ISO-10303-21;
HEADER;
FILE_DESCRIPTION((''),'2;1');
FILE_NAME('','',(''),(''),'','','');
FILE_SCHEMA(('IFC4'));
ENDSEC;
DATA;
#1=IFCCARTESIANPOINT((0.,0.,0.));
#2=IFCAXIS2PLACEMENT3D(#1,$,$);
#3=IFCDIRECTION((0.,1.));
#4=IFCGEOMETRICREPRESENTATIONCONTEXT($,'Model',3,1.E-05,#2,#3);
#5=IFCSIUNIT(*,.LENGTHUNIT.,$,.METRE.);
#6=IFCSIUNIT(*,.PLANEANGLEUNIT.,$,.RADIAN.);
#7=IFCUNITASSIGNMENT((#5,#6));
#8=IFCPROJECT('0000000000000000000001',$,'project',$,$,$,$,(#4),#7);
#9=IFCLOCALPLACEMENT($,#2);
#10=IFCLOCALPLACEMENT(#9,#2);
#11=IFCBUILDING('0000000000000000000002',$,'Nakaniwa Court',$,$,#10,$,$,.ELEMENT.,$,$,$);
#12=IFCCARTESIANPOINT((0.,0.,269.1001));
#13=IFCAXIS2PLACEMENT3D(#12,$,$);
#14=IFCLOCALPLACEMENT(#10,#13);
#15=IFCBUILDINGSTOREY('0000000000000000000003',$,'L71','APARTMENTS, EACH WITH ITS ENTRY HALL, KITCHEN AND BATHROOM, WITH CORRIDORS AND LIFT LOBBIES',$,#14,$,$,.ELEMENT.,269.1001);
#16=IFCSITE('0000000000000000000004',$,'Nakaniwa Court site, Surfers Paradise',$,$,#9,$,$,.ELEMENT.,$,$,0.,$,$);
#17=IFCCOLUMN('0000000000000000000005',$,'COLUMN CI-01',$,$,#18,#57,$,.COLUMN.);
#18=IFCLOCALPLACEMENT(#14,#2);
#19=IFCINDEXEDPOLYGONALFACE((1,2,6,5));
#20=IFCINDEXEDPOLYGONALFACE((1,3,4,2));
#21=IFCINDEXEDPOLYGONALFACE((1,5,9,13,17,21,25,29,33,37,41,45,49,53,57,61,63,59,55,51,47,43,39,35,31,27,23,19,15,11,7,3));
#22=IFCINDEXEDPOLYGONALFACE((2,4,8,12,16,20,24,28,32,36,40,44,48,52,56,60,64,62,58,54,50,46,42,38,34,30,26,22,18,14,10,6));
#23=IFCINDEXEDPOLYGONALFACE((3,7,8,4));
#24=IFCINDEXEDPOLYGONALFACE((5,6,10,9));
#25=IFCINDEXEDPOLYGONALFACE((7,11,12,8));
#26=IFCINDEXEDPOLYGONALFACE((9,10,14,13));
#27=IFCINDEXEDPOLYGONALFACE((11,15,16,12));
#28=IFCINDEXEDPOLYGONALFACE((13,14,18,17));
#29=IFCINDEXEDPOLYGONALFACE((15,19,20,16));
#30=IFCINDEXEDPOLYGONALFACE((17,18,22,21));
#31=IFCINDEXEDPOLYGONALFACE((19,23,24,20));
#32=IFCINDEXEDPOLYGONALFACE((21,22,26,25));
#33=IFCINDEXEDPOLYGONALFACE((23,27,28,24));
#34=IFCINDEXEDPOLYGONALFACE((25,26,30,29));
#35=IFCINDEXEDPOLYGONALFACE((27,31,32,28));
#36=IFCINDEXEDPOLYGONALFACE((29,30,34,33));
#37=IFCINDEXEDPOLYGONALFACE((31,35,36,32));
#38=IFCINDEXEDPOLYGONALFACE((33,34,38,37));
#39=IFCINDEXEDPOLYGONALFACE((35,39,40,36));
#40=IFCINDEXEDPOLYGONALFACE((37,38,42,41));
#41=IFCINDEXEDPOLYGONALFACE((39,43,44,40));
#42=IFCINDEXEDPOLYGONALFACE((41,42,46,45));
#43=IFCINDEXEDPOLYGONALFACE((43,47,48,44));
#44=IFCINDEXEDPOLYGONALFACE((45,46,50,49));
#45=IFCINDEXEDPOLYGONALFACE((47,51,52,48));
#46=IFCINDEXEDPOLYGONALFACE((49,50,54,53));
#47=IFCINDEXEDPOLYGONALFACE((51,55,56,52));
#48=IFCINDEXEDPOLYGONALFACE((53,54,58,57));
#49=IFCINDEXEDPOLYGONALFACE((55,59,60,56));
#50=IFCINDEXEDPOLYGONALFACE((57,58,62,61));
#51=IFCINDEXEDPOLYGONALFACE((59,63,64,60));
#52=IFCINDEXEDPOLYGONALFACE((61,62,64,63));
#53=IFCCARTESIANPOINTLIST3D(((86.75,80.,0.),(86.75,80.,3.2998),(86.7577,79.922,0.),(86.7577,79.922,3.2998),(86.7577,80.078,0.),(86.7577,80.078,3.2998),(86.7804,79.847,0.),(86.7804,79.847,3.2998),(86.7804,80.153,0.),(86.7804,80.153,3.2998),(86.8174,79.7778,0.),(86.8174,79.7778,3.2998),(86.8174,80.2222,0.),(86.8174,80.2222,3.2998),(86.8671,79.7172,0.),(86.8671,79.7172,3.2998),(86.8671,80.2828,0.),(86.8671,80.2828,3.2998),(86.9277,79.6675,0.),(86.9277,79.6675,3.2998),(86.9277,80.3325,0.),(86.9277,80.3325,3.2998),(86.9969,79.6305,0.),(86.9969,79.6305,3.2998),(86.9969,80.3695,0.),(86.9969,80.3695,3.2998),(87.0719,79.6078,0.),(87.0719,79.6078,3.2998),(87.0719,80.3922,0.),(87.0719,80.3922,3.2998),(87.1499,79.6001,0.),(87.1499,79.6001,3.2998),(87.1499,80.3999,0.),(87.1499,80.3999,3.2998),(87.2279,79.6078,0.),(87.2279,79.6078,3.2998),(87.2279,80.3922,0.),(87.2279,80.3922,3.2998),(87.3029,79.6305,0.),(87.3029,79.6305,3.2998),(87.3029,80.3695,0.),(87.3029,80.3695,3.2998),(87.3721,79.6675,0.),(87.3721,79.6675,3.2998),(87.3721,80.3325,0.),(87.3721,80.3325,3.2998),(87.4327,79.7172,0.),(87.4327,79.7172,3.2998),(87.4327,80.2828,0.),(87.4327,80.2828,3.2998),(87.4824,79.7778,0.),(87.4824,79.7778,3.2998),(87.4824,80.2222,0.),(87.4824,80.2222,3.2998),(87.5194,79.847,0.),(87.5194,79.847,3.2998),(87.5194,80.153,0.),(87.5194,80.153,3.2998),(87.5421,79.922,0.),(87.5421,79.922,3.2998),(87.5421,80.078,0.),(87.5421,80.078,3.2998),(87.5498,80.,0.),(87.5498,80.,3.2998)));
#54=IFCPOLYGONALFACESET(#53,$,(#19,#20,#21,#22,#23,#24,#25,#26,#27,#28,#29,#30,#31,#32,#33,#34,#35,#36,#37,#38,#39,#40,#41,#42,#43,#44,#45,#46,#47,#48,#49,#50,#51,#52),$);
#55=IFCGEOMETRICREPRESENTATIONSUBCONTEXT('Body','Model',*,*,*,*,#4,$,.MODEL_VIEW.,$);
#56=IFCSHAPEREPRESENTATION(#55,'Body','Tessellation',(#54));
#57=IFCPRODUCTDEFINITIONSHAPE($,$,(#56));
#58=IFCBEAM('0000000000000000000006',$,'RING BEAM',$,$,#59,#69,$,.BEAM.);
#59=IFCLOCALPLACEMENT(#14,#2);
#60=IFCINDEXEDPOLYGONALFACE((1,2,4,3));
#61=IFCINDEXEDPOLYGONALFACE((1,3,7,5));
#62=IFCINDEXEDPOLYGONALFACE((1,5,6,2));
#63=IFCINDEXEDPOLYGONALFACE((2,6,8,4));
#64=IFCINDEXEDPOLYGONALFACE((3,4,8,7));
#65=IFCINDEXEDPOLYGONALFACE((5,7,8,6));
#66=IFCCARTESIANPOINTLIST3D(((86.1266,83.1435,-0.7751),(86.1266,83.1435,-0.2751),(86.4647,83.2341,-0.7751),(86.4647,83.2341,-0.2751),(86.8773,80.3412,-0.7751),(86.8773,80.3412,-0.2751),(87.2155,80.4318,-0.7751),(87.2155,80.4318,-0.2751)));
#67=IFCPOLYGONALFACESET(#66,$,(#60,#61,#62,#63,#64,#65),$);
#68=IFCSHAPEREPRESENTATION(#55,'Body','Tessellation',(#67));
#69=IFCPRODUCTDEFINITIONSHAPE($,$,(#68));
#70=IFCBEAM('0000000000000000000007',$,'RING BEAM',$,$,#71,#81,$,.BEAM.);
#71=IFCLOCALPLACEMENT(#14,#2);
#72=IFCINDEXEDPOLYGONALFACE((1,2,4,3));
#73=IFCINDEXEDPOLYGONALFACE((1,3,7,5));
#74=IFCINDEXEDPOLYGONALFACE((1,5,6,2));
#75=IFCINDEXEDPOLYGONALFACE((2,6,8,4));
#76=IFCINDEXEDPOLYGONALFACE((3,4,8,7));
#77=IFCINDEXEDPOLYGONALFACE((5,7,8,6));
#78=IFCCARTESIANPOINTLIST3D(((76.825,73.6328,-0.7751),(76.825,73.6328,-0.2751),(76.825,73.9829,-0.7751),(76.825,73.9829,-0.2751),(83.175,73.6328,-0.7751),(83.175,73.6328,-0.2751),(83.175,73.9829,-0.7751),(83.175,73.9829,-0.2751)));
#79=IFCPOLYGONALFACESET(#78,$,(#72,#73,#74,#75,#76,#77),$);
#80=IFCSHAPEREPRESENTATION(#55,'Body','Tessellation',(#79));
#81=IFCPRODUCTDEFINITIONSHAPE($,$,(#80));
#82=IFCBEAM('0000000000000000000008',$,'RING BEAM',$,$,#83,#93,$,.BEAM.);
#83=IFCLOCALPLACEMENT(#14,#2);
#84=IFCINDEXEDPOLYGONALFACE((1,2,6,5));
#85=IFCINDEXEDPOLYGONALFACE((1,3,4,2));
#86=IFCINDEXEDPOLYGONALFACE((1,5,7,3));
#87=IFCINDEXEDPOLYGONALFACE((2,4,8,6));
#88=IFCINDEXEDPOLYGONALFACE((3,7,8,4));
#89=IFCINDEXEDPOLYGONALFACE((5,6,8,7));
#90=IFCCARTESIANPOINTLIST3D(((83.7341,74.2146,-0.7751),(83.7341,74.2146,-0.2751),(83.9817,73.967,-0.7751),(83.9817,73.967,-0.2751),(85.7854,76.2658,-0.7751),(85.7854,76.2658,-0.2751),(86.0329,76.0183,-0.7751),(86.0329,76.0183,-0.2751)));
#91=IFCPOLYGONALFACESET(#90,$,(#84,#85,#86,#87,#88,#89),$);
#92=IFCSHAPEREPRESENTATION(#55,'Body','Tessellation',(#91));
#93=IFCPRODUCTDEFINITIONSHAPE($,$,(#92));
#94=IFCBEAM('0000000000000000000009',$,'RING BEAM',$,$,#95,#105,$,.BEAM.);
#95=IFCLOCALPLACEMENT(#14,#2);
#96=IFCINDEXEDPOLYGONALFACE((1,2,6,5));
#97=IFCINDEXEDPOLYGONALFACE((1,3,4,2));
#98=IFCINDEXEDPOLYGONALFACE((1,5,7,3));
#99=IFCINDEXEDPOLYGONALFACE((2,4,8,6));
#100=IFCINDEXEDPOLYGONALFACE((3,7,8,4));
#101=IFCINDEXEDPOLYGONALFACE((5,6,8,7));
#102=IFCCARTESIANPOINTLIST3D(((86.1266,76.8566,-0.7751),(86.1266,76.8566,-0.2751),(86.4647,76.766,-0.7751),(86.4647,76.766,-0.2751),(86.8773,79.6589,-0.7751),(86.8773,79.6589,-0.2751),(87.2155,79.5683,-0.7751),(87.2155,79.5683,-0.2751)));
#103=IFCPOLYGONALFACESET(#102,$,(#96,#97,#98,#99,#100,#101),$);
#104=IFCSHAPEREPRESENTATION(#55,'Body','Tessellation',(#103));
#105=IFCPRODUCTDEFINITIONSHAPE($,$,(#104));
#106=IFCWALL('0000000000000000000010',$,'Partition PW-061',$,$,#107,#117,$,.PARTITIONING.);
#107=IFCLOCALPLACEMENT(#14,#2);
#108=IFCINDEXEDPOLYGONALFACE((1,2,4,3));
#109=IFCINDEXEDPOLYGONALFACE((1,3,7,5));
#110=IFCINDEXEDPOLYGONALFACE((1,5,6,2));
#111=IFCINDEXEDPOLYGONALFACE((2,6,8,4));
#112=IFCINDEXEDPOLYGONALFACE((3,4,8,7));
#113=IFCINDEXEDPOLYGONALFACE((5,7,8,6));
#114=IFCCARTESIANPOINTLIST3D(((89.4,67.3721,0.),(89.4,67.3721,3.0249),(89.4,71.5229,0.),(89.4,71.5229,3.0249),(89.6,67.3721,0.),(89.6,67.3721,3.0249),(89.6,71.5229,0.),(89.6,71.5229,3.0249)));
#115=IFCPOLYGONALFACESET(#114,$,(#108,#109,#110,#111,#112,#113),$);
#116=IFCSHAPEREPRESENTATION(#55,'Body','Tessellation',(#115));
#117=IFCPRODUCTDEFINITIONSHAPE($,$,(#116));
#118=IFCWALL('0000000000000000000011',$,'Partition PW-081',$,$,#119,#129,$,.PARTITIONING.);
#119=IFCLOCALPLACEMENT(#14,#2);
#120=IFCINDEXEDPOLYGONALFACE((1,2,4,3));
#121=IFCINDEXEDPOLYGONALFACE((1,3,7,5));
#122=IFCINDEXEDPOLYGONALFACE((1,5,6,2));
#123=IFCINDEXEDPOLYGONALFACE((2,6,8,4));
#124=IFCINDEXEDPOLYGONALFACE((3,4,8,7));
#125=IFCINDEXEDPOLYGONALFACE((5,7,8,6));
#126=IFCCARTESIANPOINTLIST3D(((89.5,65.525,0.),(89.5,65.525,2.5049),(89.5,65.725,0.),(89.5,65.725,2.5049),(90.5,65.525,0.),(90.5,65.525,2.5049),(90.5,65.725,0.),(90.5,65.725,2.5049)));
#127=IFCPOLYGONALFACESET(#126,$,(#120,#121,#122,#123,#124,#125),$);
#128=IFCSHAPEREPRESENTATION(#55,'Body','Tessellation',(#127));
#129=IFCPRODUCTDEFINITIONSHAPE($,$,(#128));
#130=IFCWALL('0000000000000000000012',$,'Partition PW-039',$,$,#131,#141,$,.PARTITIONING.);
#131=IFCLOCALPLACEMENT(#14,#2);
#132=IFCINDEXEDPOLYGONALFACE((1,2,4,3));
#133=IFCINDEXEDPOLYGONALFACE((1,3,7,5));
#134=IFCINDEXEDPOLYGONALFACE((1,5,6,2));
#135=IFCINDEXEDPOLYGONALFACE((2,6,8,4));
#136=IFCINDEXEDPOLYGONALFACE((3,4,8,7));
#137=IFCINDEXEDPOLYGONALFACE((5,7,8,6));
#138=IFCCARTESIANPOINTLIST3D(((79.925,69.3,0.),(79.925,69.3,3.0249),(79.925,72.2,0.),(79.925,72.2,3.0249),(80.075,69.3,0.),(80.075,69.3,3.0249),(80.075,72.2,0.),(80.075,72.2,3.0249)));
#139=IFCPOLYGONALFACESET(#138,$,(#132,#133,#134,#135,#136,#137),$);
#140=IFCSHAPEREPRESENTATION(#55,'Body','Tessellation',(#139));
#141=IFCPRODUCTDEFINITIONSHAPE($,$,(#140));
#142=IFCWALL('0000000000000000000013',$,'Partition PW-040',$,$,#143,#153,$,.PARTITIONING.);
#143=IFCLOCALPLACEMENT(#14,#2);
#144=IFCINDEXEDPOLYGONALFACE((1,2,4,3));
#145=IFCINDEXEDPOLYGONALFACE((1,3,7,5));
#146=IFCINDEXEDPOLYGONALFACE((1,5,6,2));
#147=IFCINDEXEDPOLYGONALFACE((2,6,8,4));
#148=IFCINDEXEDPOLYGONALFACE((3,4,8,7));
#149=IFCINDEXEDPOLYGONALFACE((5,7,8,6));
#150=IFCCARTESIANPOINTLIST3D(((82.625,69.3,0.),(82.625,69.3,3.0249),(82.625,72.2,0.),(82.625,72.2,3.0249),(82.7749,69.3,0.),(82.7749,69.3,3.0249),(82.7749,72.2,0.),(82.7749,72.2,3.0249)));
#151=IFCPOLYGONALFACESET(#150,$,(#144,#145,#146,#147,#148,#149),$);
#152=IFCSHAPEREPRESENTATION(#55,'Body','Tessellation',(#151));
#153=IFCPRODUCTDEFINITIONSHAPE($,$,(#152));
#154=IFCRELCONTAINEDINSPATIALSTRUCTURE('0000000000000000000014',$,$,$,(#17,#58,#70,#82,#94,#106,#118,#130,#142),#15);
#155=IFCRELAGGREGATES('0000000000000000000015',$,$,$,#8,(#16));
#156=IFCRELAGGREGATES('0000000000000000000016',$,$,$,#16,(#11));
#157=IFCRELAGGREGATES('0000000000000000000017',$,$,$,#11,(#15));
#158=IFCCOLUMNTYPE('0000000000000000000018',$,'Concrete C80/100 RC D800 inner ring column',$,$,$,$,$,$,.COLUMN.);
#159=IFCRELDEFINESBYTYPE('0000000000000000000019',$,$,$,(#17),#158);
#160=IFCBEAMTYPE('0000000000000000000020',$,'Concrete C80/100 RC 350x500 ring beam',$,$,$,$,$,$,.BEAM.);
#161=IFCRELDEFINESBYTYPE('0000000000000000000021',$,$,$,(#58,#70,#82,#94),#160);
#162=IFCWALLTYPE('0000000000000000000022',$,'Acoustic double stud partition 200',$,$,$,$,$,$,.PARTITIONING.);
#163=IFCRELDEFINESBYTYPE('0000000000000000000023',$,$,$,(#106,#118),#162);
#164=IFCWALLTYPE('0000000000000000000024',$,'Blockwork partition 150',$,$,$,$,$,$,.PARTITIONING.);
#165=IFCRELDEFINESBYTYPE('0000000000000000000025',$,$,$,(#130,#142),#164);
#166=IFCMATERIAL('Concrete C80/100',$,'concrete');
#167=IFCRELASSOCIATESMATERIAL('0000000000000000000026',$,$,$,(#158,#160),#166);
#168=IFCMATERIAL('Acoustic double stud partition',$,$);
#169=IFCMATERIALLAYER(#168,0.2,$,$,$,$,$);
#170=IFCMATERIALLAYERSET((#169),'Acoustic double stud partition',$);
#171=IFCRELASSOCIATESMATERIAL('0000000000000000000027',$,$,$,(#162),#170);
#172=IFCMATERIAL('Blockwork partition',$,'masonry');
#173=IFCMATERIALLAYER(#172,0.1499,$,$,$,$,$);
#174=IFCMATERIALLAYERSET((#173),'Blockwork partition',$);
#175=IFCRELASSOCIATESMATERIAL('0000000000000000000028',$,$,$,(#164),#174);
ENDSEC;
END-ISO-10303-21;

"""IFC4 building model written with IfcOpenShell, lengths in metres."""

from ifc_helpers import new_model, si_unit, direction, frame, frame_2d, origin, origin_2d, place, context, subcontext, project, spatial, rectangle, circle, extrude, material, layer, layer_set, material_profile, profile_set, type_object, element, save


model = new_model("IFC4")

# Units and contexts
model_context = context("Model", 3, precision=1e-05, world=origin(), true_north=direction((0.0, 1.0)))
body_context = subcontext(model_context, "Body", "Model", "MODEL_VIEW")
ifc_project = project(units=[si_unit("LENGTHUNIT", "METRE"), si_unit("PLANEANGLEUNIT", "RADIAN")], contexts=[model_context])

# Site, building, storey
site_placement = place(None, origin())
site = spatial("IfcSite", under=ifc_project, at=site_placement, Name="Nakaniwa Court site, Surfers Paradise", CompositionType="ELEMENT", RefElevation=0.0)
building_placement = place(site_placement, origin())
building = spatial("IfcBuilding", under=site, at=building_placement, Name="Nakaniwa Court", CompositionType="ELEMENT")
storey_placement = place(building_placement, frame((0.0, 0.0, 269.1001)))
storey = spatial("IfcBuildingStorey", under=building, at=storey_placement, Name="L71", Description="APARTMENTS, EACH WITH ITS ENTRY HALL, KITCHEN AND BATHROOM, WITH CORRIDORS AND LIFT LOBBIES", CompositionType="ELEMENT", Elevation=269.1001)

# Column
ifc_material_1 = material(Name="Concrete C80/100", Category="concrete")
ifc_material_profile_1 = material_profile(ifc_material_1, circle(Radius=0.3999, at=origin_2d()), Name="Concrete C80/100 RC D800 inner ring column")
ifc_profile_set_1 = profile_set([ifc_material_profile_1], Name="Concrete C80/100")
column_type = type_object("IfcColumnType", Name="Concrete C80/100 RC D800 inner ring column", PredefinedType="COLUMN", material=ifc_profile_set_1)
for number, where, z_axis, x_axis, name in (
    (1, (87.1499, 80.0, 0.0), (0.0, 0.0, 1.0), (0.0, 1.0, 0.0), "COLUMN CI-01"),
):
    element("IfcColumn", number, at=place(storey_placement, frame(where, z_axis=z_axis, x_axis=x_axis)), inside=storey, type_object=column_type, Name=name, PredefinedType="COLUMN", context=body_context, shape_type="SweptSolid", body=[
        extrude(circle(Radius=0.3999, at=origin_2d()), origin(), (0.0, 0.0, 1.0), 3.2998),
    ])

# Beams
ifc_material_profile_2 = material_profile(ifc_material_1, rectangle(XDim=0.3501, YDim=0.5, at=origin_2d()), Name="Concrete C80/100 RC 350x500 ring beam")
ifc_profile_set_2 = profile_set([ifc_material_profile_2], Name="Concrete C80/100")
beam_type = type_object("IfcBeamType", Name="Concrete C80/100 RC 350x500 ring beam", PredefinedType="BEAM", material=ifc_profile_set_2)
beam_1_placement = place(storey_placement, frame((87.0464, 80.3865, -0.5251), z_axis=(-0.258778, 0.965937, 0.0), x_axis=(-0.965937, -0.258778, 0.0)))
element("IfcBeam", 2, at=beam_1_placement, inside=storey, type_object=beam_type, Name="RING BEAM", PredefinedType="BEAM", context=body_context, shape_type="SweptSolid", body=[
    extrude(rectangle(XDim=0.3501, YDim=0.5, at=origin_2d()), origin(), (0.0, 0.0, 1.0), 2.9011),
])
beam_2_placement = place(storey_placement, frame((76.825, 73.8079, -0.5251), z_axis=(1.0, 0.0, 0.0), x_axis=(0.0, 1.0, 0.0)))
element("IfcBeam", 3, at=beam_2_placement, inside=storey, type_object=beam_type, Name="RING BEAM", PredefinedType="BEAM", context=body_context, shape_type="SweptSolid", body=[
    extrude(rectangle(XDim=0.3501, YDim=0.5, at=origin_2d()), origin(), (0.0, 0.0, 1.0), 6.3501),
])
beam_3_placement = place(storey_placement, frame((83.8579, 74.0908, -0.5251), z_axis=(0.707107, 0.707107, 0.0), x_axis=(-0.707107, 0.707107, 0.0)))
element("IfcBeam", 4, at=beam_3_placement, inside=storey, type_object=beam_type, Name="RING BEAM", PredefinedType="BEAM", context=body_context, shape_type="SweptSolid", body=[
    extrude(rectangle(XDim=0.3501, YDim=0.5, at=origin_2d()), origin(), (0.0, 0.0, 1.0), 2.9009),
])
beam_4_placement = place(storey_placement, frame((86.2957, 76.8113, -0.5251), z_axis=(0.258778, 0.965937, 0.0), x_axis=(-0.965937, 0.258778, 0.0)))
element("IfcBeam", 5, at=beam_4_placement, inside=storey, type_object=beam_type, Name="RING BEAM", PredefinedType="BEAM", context=body_context, shape_type="SweptSolid", body=[
    extrude(rectangle(XDim=0.3501, YDim=0.5, at=origin_2d()), origin(), (0.0, 0.0, 1.0), 2.9011),
])

# Walls
ifc_material_2 = material(Name="Acoustic double stud partition")
ifc_layer_1 = layer(ifc_material_2, 0.2)
ifc_layer_set_1 = layer_set([ifc_layer_1], Name="Acoustic double stud partition")
wall_type_1 = type_object("IfcWallType", Name="Acoustic double stud partition 200", PredefinedType="PARTITIONING", material=ifc_layer_set_1)
wall_1_placement = place(storey_placement, frame((89.5, 67.3721, 0.0), z_axis=(0.0, 0.0, 1.0), x_axis=(0.0, 1.0, 0.0)))
element("IfcWall", 6, at=wall_1_placement, inside=storey, type_object=wall_type_1, Name="Partition PW-061", PredefinedType="PARTITIONING", context=body_context, shape_type="SweptSolid", body=[
    extrude(rectangle(XDim=4.1509, YDim=0.2, at=frame_2d((2.0754, 0.0))), origin(), (0.0, 0.0, 1.0), 3.0249),
])
wall_2_placement = place(storey_placement, frame((89.5, 65.625, 0.0), z_axis=(0.0, 0.0, 1.0), x_axis=(1.0, 0.0, 0.0)))
element("IfcWall", 7, at=wall_2_placement, inside=storey, type_object=wall_type_1, Name="Partition PW-081", PredefinedType="PARTITIONING", context=body_context, shape_type="SweptSolid", body=[
    extrude(rectangle(XDim=1.0, YDim=0.2, at=frame_2d((0.5, 0.0))), origin(), (0.0, 0.0, 1.0), 2.5049),
])
ifc_material_3 = material(Name="Blockwork partition", Category="masonry")
ifc_layer_2 = layer(ifc_material_3, 0.1499)
ifc_layer_set_2 = layer_set([ifc_layer_2], Name="Blockwork partition")
wall_type_2 = type_object("IfcWallType", Name="Blockwork partition 150", PredefinedType="PARTITIONING", material=ifc_layer_set_2)
for number, where, z_axis, x_axis, name in (
    (8, (80.0, 69.3, 0.0), (0.0, 0.0, 1.0), (0.0, 1.0, 0.0), "Partition PW-039"),
    (9, (82.7, 69.3, 0.0), (0.0, 0.0, 1.0), (0.0, 1.0, 0.0), "Partition PW-040"),
):
    element("IfcWall", number, at=place(storey_placement, frame(where, z_axis=z_axis, x_axis=x_axis)), inside=storey, type_object=wall_type_2, Name=name, PredefinedType="PARTITIONING", context=body_context, shape_type="SweptSolid", body=[
        extrude(rectangle(XDim=2.8999, YDim=0.1499, at=frame_2d((1.45, 0.0))), origin(), (0.0, 0.0, 1.0), 3.0249),
    ])

save(model, "model.ifc")
